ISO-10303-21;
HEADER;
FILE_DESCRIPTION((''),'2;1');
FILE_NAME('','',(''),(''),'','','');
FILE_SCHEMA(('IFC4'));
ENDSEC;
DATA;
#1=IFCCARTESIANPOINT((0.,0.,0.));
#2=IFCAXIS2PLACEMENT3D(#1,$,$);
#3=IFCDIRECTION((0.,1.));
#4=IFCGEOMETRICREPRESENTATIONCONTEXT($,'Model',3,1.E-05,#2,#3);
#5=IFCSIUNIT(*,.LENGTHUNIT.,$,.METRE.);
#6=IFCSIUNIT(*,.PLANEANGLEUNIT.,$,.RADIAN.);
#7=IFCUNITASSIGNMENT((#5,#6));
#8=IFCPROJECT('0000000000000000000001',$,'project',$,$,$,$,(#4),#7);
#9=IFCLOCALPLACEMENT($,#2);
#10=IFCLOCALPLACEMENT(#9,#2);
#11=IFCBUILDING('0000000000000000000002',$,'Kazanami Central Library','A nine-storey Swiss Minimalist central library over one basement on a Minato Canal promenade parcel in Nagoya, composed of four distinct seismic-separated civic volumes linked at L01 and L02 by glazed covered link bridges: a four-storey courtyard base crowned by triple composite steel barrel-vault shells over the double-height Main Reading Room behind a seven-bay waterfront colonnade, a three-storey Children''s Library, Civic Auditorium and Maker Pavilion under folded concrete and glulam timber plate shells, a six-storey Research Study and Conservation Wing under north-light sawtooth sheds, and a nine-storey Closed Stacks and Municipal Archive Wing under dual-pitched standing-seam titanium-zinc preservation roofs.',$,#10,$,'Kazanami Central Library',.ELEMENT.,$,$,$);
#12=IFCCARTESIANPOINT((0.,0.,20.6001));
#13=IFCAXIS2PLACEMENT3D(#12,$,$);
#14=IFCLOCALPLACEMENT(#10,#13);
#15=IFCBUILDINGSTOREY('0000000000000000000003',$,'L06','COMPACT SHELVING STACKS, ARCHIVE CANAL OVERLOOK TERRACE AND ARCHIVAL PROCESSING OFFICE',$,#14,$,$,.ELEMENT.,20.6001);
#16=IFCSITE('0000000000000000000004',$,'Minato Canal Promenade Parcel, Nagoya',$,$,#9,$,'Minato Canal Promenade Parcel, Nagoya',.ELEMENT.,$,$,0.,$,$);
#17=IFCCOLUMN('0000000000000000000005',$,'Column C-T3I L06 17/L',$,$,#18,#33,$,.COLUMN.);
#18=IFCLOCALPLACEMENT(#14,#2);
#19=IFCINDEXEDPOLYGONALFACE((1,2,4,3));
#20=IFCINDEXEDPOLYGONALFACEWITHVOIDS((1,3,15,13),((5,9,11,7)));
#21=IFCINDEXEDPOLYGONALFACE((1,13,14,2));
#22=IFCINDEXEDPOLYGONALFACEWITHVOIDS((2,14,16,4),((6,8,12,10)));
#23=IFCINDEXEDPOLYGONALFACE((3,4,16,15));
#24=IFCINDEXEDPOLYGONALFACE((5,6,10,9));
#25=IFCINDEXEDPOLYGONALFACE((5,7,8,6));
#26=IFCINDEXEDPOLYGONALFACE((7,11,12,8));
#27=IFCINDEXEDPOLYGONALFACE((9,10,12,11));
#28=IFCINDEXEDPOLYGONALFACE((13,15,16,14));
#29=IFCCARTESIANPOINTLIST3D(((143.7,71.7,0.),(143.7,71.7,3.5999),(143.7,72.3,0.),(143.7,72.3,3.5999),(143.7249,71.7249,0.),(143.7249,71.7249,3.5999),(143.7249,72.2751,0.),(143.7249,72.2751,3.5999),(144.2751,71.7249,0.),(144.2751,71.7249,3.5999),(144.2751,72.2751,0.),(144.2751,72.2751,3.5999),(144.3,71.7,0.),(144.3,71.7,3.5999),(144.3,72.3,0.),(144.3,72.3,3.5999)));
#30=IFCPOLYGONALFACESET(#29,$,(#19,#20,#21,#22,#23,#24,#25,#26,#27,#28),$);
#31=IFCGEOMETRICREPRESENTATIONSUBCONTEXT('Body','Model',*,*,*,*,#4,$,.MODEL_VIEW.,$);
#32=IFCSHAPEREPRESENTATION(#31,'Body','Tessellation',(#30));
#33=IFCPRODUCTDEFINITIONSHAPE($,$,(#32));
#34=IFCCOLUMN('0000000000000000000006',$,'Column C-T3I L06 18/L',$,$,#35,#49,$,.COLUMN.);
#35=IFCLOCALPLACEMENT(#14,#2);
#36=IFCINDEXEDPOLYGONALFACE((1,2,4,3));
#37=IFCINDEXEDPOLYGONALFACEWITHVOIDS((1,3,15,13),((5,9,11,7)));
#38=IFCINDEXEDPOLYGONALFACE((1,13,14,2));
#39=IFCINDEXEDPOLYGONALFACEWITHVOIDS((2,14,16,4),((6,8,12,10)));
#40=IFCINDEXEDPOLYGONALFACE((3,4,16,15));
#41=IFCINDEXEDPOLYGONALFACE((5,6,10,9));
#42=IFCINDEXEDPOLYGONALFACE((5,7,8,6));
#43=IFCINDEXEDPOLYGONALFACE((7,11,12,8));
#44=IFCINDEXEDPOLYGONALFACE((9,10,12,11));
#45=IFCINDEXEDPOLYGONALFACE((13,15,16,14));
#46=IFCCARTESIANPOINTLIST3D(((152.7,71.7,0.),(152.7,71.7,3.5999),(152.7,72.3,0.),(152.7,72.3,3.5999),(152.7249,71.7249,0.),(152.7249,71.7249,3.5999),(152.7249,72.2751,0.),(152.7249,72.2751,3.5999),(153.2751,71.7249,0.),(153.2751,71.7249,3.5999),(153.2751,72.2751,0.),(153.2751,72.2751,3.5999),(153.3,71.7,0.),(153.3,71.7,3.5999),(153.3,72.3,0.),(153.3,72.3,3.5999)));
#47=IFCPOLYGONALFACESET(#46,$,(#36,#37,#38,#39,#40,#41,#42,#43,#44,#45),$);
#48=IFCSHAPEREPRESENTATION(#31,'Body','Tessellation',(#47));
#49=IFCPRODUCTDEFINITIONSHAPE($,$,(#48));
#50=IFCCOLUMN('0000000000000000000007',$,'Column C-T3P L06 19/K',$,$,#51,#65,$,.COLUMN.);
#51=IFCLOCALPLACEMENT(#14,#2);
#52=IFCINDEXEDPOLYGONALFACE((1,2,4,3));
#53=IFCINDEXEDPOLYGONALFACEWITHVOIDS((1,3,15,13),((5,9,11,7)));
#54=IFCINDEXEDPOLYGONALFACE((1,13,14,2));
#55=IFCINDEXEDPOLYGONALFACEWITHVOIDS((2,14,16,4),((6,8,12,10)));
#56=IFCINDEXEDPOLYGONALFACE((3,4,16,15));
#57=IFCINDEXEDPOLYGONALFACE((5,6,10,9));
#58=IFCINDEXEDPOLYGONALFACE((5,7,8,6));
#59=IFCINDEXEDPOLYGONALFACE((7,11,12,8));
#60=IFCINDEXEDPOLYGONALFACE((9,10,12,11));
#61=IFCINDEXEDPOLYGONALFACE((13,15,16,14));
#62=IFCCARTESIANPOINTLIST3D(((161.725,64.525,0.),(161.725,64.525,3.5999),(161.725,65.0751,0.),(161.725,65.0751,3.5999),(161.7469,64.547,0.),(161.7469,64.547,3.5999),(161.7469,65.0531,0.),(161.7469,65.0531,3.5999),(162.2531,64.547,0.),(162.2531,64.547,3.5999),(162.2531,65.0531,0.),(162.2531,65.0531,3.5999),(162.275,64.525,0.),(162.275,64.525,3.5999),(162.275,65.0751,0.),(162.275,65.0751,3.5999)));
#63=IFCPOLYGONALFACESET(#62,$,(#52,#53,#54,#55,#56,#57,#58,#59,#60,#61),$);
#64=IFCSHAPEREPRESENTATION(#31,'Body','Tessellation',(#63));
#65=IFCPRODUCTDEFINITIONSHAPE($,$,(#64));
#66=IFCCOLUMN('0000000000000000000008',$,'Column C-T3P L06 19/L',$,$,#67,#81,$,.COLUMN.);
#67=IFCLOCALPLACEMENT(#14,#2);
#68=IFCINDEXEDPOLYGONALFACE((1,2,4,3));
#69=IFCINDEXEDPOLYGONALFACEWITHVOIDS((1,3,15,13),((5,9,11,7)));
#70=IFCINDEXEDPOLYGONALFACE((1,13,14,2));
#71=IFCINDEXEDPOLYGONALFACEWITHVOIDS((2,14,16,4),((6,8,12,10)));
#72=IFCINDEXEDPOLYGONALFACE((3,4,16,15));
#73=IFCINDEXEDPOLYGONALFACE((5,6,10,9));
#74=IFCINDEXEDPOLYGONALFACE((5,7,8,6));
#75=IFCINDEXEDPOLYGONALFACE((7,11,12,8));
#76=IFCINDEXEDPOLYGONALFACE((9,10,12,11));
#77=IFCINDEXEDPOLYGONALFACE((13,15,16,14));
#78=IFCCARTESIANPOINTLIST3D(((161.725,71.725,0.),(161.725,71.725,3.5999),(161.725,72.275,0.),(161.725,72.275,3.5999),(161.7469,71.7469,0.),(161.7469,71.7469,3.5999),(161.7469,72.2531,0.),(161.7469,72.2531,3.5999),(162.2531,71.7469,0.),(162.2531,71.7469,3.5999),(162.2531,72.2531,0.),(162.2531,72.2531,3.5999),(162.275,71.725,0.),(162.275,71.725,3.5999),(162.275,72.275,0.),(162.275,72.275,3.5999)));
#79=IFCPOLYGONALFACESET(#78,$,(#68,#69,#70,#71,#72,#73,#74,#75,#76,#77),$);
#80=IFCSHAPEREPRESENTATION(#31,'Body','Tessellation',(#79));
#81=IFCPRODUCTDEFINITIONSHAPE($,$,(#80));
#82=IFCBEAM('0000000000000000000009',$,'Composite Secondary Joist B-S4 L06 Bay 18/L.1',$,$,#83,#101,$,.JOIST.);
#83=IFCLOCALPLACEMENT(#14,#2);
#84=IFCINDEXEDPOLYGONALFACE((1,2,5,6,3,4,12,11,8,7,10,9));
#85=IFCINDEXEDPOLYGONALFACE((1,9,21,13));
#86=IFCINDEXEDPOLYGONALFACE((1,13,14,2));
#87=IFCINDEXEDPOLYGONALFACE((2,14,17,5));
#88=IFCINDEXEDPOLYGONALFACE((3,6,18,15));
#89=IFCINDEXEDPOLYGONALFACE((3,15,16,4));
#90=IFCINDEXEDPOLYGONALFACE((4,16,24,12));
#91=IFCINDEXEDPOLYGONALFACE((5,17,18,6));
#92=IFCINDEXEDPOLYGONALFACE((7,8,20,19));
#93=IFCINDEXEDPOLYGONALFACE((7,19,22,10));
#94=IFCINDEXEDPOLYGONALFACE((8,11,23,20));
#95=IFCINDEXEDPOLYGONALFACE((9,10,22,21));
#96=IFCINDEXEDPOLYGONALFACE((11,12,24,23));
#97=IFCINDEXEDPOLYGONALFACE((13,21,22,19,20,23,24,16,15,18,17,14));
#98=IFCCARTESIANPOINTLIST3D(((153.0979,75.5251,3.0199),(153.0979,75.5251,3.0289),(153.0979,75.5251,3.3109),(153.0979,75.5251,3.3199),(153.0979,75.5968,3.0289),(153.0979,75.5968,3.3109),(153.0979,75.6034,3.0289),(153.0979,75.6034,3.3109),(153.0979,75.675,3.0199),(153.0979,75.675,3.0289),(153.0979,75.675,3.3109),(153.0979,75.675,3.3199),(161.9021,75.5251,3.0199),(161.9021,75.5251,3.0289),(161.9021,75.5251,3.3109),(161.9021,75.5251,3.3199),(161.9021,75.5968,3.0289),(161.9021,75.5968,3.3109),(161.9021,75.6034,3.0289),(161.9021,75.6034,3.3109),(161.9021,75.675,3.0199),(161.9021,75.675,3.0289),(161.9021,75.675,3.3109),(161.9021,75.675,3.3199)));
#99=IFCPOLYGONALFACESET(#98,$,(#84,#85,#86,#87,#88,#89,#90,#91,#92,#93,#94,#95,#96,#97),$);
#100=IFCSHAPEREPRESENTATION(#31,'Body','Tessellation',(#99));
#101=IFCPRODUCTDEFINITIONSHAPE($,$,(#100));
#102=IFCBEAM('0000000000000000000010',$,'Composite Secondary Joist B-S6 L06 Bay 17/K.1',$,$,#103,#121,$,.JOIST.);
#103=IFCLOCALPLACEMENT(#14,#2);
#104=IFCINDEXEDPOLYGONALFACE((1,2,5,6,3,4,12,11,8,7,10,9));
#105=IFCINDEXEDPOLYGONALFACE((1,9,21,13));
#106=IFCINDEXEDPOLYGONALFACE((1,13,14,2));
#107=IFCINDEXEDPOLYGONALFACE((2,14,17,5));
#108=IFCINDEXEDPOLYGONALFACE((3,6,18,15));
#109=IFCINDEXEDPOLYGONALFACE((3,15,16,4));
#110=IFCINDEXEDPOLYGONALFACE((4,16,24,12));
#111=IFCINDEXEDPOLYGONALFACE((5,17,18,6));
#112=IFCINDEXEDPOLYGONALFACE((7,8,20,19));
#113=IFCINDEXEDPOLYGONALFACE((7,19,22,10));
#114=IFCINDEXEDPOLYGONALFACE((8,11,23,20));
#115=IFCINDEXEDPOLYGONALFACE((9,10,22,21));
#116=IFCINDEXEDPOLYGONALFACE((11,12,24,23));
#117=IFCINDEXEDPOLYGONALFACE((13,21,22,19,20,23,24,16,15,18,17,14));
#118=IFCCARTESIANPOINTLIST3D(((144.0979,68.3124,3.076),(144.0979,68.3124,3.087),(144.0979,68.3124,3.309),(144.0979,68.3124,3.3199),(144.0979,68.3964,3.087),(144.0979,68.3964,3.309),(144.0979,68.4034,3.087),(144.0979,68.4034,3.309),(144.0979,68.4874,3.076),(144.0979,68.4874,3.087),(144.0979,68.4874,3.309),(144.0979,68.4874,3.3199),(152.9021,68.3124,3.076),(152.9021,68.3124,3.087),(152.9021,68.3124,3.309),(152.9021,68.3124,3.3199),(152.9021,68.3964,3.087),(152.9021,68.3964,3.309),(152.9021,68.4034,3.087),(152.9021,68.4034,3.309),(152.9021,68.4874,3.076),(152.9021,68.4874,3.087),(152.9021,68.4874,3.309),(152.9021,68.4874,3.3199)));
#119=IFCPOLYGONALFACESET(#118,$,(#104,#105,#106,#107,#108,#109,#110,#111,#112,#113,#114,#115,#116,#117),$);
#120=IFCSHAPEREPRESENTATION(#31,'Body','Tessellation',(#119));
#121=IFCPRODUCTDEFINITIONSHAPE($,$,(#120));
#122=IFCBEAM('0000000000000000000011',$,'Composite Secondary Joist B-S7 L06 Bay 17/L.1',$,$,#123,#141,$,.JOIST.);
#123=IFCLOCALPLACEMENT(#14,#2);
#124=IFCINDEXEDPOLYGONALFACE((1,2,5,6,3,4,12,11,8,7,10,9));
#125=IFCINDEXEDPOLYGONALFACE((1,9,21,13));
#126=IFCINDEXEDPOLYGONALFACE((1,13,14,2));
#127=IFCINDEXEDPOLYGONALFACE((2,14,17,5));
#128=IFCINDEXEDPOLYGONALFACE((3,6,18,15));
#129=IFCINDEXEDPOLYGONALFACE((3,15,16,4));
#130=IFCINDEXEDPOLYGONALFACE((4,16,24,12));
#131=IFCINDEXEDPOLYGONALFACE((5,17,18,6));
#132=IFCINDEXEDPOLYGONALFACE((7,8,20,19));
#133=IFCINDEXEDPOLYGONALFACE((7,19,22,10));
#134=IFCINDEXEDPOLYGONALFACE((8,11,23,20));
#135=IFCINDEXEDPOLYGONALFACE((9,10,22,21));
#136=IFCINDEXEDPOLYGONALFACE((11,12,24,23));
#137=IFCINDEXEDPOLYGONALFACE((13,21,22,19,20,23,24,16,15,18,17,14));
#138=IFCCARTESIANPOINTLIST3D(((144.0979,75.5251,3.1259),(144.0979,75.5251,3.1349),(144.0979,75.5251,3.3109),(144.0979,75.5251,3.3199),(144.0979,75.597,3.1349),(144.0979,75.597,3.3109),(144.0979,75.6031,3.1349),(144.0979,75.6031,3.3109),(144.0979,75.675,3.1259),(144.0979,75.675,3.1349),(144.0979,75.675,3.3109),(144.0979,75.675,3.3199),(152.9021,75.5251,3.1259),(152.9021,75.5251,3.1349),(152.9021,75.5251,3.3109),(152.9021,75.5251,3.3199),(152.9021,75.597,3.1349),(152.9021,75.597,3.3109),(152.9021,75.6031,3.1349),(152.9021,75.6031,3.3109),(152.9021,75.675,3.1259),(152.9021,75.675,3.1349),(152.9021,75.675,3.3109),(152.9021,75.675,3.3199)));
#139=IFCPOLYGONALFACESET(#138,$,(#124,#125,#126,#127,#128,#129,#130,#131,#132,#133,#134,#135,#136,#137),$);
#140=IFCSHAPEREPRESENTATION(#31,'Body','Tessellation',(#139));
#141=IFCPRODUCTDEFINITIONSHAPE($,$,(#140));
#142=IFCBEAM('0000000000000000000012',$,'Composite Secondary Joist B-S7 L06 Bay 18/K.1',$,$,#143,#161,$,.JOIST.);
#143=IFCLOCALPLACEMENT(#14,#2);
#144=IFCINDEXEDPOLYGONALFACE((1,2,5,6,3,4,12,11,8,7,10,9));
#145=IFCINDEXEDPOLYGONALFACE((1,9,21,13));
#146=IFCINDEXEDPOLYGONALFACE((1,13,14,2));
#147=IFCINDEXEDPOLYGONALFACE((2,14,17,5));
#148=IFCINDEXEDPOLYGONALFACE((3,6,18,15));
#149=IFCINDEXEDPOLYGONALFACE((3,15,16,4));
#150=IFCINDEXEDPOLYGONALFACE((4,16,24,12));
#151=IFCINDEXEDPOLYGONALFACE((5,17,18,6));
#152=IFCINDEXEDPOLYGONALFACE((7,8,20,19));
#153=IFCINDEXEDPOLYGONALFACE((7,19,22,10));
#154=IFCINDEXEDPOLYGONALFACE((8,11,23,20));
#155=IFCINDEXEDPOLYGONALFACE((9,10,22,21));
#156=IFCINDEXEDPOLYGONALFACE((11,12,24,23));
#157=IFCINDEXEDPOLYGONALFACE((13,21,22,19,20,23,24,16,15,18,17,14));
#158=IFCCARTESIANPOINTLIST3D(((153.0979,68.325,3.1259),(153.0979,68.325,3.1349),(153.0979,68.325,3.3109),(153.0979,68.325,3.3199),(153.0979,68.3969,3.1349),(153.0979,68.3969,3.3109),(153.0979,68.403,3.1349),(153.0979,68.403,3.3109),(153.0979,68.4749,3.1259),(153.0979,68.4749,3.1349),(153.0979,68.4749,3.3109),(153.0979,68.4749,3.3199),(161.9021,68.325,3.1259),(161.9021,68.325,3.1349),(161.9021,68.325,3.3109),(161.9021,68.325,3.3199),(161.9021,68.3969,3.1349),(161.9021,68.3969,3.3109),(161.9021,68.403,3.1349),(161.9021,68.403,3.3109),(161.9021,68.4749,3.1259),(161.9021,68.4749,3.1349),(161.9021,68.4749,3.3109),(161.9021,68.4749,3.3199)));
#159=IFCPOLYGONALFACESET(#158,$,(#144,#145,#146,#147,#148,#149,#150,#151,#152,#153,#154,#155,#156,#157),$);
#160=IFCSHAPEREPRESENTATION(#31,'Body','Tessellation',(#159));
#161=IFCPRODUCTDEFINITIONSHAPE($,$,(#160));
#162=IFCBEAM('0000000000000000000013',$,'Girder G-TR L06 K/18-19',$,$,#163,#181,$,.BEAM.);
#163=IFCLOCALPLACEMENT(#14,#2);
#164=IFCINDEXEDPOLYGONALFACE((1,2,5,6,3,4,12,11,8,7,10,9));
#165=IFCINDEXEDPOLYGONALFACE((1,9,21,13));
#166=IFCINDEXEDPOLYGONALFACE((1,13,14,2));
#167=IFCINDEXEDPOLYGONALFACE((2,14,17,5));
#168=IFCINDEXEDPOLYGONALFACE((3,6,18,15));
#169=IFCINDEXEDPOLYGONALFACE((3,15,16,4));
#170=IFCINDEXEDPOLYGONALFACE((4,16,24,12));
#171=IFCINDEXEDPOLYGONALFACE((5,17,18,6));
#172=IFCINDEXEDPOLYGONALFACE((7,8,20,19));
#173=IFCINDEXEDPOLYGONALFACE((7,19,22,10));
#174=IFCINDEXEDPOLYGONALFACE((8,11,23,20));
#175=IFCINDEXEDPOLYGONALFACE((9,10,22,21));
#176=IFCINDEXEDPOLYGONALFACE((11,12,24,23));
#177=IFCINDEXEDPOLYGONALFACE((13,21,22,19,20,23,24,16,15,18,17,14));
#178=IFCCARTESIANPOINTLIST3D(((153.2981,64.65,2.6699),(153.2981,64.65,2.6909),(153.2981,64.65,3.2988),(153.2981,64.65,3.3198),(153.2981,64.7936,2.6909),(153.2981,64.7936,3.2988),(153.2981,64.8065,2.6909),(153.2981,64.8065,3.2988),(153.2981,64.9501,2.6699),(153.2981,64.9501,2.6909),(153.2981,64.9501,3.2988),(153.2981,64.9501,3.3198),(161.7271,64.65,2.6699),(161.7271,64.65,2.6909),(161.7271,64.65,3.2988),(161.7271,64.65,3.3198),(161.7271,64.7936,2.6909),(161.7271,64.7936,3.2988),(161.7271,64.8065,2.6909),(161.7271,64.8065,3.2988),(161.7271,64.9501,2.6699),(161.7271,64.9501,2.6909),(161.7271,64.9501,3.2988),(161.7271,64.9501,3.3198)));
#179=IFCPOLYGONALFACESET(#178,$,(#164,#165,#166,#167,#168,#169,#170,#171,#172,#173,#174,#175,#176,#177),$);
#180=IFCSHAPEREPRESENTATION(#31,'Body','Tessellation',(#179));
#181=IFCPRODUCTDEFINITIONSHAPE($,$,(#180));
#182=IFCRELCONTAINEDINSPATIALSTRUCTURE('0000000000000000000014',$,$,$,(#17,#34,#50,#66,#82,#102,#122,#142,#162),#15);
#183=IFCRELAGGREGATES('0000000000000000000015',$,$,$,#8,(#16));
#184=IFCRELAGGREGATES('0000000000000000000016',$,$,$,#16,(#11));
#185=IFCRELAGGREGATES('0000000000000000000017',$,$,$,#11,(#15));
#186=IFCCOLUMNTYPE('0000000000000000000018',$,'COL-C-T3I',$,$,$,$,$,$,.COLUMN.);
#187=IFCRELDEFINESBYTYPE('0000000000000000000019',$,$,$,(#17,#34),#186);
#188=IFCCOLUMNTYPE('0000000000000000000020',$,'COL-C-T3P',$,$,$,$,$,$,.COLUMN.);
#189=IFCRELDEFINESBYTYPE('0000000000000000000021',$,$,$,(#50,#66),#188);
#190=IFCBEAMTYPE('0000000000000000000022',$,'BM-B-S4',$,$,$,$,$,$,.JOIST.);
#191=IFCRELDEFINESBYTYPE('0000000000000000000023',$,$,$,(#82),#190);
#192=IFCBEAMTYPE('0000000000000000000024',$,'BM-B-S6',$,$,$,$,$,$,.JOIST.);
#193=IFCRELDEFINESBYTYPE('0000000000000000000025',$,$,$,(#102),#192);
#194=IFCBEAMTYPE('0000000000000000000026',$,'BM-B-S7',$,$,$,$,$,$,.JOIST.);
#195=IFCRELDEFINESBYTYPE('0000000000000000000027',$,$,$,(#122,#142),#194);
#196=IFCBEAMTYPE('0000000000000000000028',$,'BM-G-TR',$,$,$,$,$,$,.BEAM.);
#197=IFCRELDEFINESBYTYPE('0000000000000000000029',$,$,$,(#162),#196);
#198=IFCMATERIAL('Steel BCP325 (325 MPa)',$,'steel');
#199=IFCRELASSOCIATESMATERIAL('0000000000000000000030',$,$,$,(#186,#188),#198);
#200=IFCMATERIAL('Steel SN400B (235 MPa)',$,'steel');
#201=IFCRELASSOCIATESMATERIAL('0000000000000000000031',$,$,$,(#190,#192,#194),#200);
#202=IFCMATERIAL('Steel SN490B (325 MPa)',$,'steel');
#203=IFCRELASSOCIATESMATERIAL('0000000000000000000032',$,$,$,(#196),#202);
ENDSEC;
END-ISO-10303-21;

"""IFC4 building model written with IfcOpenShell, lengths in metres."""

from ifc_helpers import new_model, si_unit, direction, frame, origin, origin_2d, place, context, subcontext, project, spatial, hollow_rectangle, i_section, extrude, material, material_profile, profile_set, type_object, element, save


model = new_model("IFC4")

# Units and contexts
model_context = context("Model", 3, precision=1e-05, world=origin(), true_north=direction((0.0, 1.0)))
body_context = subcontext(model_context, "Body", "Model", "MODEL_VIEW")
ifc_project = project(units=[si_unit("LENGTHUNIT", "METRE"), si_unit("PLANEANGLEUNIT", "RADIAN")], contexts=[model_context])

# Site, building, storey
site_placement = place(None, origin())
site = spatial("IfcSite", under=ifc_project, at=site_placement, Name="Minato Canal Promenade Parcel, Nagoya", LongName="Minato Canal Promenade Parcel, Nagoya", CompositionType="ELEMENT", RefElevation=0.0)
building_placement = place(site_placement, origin())
building = spatial("IfcBuilding", under=site, at=building_placement, Name="Kazanami Central Library", Description="A nine-storey Swiss Minimalist central library over one basement on a Minato Canal promenade parcel in Nagoya, composed of four distinct seismic-separated civic volumes linked at L01 and L02 by glazed covered link bridges: a four-storey courtyard base crowned by triple composite steel barrel-vault shells over the double-height Main Reading Room behind a seven-bay waterfront colonnade, a three-storey Children's Library, Civic Auditorium and Maker Pavilion under folded concrete and glulam timber plate shells, a six-storey Research Study and Conservation Wing under north-light sawtooth sheds, and a nine-storey Closed Stacks and Municipal Archive Wing under dual-pitched standing-seam titanium-zinc preservation roofs.", LongName="Kazanami Central Library", CompositionType="ELEMENT")
storey_placement = place(building_placement, frame((0.0, 0.0, 20.6001)))
storey = spatial("IfcBuildingStorey", under=building, at=storey_placement, Name="L06", Description="COMPACT SHELVING STACKS, ARCHIVE CANAL OVERLOOK TERRACE AND ARCHIVAL PROCESSING OFFICE", CompositionType="ELEMENT", Elevation=20.6001)

# Columns
ifc_material_1 = material(Name="Steel BCP325 (325 MPa)", Category="steel")
ifc_material_profile_1 = material_profile(ifc_material_1, hollow_rectangle(XDim=0.6001, YDim=0.6001, WallThickness=0.0249, at=origin_2d()), Name="BCP-600x600x25")
ifc_profile_set_1 = profile_set([ifc_material_profile_1], Name="Steel BCP325 (325 MPa)")
column_type_1 = type_object("IfcColumnType", Name="COL-C-T3I", PredefinedType="COLUMN", material=ifc_profile_set_1)
for number, where, z_axis, x_axis, name in (
    (1, (144.0, 72.0, 0.0), (0.0, 0.0, 1.0), (1.0, 0.0, 0.0), "Column C-T3I L06 17/L"),
    (2, (153.0, 72.0, 0.0), (0.0, 0.0, 1.0), (1.0, 0.0, 0.0), "Column C-T3I L06 18/L"),
):
    element("IfcColumn", number, at=place(storey_placement, frame(where, z_axis=z_axis, x_axis=x_axis)), inside=storey, type_object=column_type_1, Name=name, PredefinedType="COLUMN", context=body_context, shape_type="SweptSolid", body=[
        extrude(hollow_rectangle(XDim=0.6001, YDim=0.6001, WallThickness=0.0249, at=origin_2d()), origin(), (0.0, 0.0, 1.0), 3.5999),
    ])
ifc_material_profile_2 = material_profile(ifc_material_1, hollow_rectangle(XDim=0.55, YDim=0.55, WallThickness=0.022, at=origin_2d()), Name="BCP-550x550x22")
ifc_profile_set_2 = profile_set([ifc_material_profile_2], Name="Steel BCP325 (325 MPa)")
column_type_2 = type_object("IfcColumnType", Name="COL-C-T3P", PredefinedType="COLUMN", material=ifc_profile_set_2)
for number, where, z_axis, x_axis, name in (
    (3, (162.0, 64.8, 0.0), (0.0, 0.0, 1.0), (1.0, 0.0, 0.0), "Column C-T3P L06 19/K"),
    (4, (162.0, 72.0, 0.0), (0.0, 0.0, 1.0), (1.0, 0.0, 0.0), "Column C-T3P L06 19/L"),
):
    element("IfcColumn", number, at=place(storey_placement, frame(where, z_axis=z_axis, x_axis=x_axis)), inside=storey, type_object=column_type_2, Name=name, PredefinedType="COLUMN", context=body_context, shape_type="SweptSolid", body=[
        extrude(hollow_rectangle(XDim=0.55, YDim=0.55, WallThickness=0.022, at=origin_2d()), origin(), (0.0, 0.0, 1.0), 3.5999),
    ])

# Beams
ifc_material_2 = material(Name="Steel SN400B (235 MPa)", Category="steel")
ifc_material_profile_3 = material_profile(ifc_material_2, i_section(OverallWidth=0.1499, OverallDepth=0.3, WebThickness=0.0066, FlangeThickness=0.009, at=origin_2d()), Name="H-300x150x6.5x9")
ifc_profile_set_3 = profile_set([ifc_material_profile_3], Name="Steel SN400B (235 MPa)")
beam_type_1 = type_object("IfcBeamType", Name="BM-B-S4", PredefinedType="JOIST", material=ifc_profile_set_3)
beam_1_placement = place(storey_placement, frame((153.0979, 75.6001, 3.1699), z_axis=(1.0, 0.0, 0.0), x_axis=(0.0, 1.0, 0.0)))
element("IfcBeam", 5, at=beam_1_placement, inside=storey, type_object=beam_type_1, Name="Composite Secondary Joist B-S4 L06 Bay 18/L.1", PredefinedType="JOIST", context=body_context, shape_type="SweptSolid", body=[
    extrude(i_section(OverallWidth=0.1499, OverallDepth=0.3, WebThickness=0.0066, FlangeThickness=0.009, at=origin_2d()), origin(), (0.0, 0.0, 1.0), 8.8042),
])
ifc_material_profile_4 = material_profile(ifc_material_2, i_section(OverallWidth=0.175, OverallDepth=0.2439, WebThickness=0.0071, FlangeThickness=0.011, at=origin_2d()), Name="H-244x175x7x11")
ifc_profile_set_4 = profile_set([ifc_material_profile_4], Name="Steel SN400B (235 MPa)")
beam_type_2 = type_object("IfcBeamType", Name="BM-B-S6", PredefinedType="JOIST", material=ifc_profile_set_4)
beam_2_placement = place(storey_placement, frame((144.0979, 68.3999, 3.198), z_axis=(1.0, 0.0, 0.0), x_axis=(0.0, 1.0, 0.0)))
element("IfcBeam", 6, at=beam_2_placement, inside=storey, type_object=beam_type_2, Name="Composite Secondary Joist B-S6 L06 Bay 17/K.1", PredefinedType="JOIST", context=body_context, shape_type="SweptSolid", body=[
    extrude(i_section(OverallWidth=0.175, OverallDepth=0.2439, WebThickness=0.0071, FlangeThickness=0.011, at=origin_2d()), origin(), (0.0, 0.0, 1.0), 8.8042),
])
ifc_material_profile_5 = material_profile(ifc_material_2, i_section(OverallWidth=0.1499, OverallDepth=0.1941, WebThickness=0.0061, FlangeThickness=0.009, at=origin_2d()), Name="H-194x150x6x9")
ifc_profile_set_5 = profile_set([ifc_material_profile_5], Name="Steel SN400B (235 MPa)")
beam_type_3 = type_object("IfcBeamType", Name="BM-B-S7", PredefinedType="JOIST", material=ifc_profile_set_5)
for number, where, z_axis, x_axis, name in (
    (7, (144.0979, 75.6001, 3.2229), (1.0, 0.0, 0.0), (0.0, 1.0, 0.0), "Composite Secondary Joist B-S7 L06 Bay 17/L.1"),
    (8, (153.0979, 68.3999, 3.2229), (1.0, 0.0, 0.0), (0.0, 1.0, 0.0), "Composite Secondary Joist B-S7 L06 Bay 18/K.1"),
):
    element("IfcBeam", number, at=place(storey_placement, frame(where, z_axis=z_axis, x_axis=x_axis)), inside=storey, type_object=beam_type_3, Name=name, PredefinedType="JOIST", context=body_context, shape_type="SweptSolid", body=[
        extrude(i_section(OverallWidth=0.1499, OverallDepth=0.1941, WebThickness=0.0061, FlangeThickness=0.009, at=origin_2d()), origin(), (0.0, 0.0, 1.0), 8.8042),
    ])
ifc_material_3 = material(Name="Steel SN490B (325 MPa)", Category="steel")
ifc_material_profile_6 = material_profile(ifc_material_3, i_section(OverallWidth=0.3, OverallDepth=0.6499, WebThickness=0.0129, FlangeThickness=0.021, at=origin_2d()), Name="H-650x300x13x21")
ifc_profile_set_6 = profile_set([ifc_material_profile_6], Name="Steel SN490B (325 MPa)")
beam_type_4 = type_object("IfcBeamType", Name="BM-G-TR", PredefinedType="BEAM", material=ifc_profile_set_6)
beam_3_placement = place(storey_placement, frame((153.2981, 64.8, 2.9949), z_axis=(1.0, 0.0, 0.0), x_axis=(0.0, 1.0, 0.0)))
element("IfcBeam", 9, at=beam_3_placement, inside=storey, type_object=beam_type_4, Name="Girder G-TR L06 K/18-19", PredefinedType="BEAM", context=body_context, shape_type="SweptSolid", body=[
    extrude(i_section(OverallWidth=0.3, OverallDepth=0.6499, WebThickness=0.0129, FlangeThickness=0.021, at=origin_2d()), origin(), (0.0, 0.0, 1.0), 8.429),
])

save(model, "model.ifc")
